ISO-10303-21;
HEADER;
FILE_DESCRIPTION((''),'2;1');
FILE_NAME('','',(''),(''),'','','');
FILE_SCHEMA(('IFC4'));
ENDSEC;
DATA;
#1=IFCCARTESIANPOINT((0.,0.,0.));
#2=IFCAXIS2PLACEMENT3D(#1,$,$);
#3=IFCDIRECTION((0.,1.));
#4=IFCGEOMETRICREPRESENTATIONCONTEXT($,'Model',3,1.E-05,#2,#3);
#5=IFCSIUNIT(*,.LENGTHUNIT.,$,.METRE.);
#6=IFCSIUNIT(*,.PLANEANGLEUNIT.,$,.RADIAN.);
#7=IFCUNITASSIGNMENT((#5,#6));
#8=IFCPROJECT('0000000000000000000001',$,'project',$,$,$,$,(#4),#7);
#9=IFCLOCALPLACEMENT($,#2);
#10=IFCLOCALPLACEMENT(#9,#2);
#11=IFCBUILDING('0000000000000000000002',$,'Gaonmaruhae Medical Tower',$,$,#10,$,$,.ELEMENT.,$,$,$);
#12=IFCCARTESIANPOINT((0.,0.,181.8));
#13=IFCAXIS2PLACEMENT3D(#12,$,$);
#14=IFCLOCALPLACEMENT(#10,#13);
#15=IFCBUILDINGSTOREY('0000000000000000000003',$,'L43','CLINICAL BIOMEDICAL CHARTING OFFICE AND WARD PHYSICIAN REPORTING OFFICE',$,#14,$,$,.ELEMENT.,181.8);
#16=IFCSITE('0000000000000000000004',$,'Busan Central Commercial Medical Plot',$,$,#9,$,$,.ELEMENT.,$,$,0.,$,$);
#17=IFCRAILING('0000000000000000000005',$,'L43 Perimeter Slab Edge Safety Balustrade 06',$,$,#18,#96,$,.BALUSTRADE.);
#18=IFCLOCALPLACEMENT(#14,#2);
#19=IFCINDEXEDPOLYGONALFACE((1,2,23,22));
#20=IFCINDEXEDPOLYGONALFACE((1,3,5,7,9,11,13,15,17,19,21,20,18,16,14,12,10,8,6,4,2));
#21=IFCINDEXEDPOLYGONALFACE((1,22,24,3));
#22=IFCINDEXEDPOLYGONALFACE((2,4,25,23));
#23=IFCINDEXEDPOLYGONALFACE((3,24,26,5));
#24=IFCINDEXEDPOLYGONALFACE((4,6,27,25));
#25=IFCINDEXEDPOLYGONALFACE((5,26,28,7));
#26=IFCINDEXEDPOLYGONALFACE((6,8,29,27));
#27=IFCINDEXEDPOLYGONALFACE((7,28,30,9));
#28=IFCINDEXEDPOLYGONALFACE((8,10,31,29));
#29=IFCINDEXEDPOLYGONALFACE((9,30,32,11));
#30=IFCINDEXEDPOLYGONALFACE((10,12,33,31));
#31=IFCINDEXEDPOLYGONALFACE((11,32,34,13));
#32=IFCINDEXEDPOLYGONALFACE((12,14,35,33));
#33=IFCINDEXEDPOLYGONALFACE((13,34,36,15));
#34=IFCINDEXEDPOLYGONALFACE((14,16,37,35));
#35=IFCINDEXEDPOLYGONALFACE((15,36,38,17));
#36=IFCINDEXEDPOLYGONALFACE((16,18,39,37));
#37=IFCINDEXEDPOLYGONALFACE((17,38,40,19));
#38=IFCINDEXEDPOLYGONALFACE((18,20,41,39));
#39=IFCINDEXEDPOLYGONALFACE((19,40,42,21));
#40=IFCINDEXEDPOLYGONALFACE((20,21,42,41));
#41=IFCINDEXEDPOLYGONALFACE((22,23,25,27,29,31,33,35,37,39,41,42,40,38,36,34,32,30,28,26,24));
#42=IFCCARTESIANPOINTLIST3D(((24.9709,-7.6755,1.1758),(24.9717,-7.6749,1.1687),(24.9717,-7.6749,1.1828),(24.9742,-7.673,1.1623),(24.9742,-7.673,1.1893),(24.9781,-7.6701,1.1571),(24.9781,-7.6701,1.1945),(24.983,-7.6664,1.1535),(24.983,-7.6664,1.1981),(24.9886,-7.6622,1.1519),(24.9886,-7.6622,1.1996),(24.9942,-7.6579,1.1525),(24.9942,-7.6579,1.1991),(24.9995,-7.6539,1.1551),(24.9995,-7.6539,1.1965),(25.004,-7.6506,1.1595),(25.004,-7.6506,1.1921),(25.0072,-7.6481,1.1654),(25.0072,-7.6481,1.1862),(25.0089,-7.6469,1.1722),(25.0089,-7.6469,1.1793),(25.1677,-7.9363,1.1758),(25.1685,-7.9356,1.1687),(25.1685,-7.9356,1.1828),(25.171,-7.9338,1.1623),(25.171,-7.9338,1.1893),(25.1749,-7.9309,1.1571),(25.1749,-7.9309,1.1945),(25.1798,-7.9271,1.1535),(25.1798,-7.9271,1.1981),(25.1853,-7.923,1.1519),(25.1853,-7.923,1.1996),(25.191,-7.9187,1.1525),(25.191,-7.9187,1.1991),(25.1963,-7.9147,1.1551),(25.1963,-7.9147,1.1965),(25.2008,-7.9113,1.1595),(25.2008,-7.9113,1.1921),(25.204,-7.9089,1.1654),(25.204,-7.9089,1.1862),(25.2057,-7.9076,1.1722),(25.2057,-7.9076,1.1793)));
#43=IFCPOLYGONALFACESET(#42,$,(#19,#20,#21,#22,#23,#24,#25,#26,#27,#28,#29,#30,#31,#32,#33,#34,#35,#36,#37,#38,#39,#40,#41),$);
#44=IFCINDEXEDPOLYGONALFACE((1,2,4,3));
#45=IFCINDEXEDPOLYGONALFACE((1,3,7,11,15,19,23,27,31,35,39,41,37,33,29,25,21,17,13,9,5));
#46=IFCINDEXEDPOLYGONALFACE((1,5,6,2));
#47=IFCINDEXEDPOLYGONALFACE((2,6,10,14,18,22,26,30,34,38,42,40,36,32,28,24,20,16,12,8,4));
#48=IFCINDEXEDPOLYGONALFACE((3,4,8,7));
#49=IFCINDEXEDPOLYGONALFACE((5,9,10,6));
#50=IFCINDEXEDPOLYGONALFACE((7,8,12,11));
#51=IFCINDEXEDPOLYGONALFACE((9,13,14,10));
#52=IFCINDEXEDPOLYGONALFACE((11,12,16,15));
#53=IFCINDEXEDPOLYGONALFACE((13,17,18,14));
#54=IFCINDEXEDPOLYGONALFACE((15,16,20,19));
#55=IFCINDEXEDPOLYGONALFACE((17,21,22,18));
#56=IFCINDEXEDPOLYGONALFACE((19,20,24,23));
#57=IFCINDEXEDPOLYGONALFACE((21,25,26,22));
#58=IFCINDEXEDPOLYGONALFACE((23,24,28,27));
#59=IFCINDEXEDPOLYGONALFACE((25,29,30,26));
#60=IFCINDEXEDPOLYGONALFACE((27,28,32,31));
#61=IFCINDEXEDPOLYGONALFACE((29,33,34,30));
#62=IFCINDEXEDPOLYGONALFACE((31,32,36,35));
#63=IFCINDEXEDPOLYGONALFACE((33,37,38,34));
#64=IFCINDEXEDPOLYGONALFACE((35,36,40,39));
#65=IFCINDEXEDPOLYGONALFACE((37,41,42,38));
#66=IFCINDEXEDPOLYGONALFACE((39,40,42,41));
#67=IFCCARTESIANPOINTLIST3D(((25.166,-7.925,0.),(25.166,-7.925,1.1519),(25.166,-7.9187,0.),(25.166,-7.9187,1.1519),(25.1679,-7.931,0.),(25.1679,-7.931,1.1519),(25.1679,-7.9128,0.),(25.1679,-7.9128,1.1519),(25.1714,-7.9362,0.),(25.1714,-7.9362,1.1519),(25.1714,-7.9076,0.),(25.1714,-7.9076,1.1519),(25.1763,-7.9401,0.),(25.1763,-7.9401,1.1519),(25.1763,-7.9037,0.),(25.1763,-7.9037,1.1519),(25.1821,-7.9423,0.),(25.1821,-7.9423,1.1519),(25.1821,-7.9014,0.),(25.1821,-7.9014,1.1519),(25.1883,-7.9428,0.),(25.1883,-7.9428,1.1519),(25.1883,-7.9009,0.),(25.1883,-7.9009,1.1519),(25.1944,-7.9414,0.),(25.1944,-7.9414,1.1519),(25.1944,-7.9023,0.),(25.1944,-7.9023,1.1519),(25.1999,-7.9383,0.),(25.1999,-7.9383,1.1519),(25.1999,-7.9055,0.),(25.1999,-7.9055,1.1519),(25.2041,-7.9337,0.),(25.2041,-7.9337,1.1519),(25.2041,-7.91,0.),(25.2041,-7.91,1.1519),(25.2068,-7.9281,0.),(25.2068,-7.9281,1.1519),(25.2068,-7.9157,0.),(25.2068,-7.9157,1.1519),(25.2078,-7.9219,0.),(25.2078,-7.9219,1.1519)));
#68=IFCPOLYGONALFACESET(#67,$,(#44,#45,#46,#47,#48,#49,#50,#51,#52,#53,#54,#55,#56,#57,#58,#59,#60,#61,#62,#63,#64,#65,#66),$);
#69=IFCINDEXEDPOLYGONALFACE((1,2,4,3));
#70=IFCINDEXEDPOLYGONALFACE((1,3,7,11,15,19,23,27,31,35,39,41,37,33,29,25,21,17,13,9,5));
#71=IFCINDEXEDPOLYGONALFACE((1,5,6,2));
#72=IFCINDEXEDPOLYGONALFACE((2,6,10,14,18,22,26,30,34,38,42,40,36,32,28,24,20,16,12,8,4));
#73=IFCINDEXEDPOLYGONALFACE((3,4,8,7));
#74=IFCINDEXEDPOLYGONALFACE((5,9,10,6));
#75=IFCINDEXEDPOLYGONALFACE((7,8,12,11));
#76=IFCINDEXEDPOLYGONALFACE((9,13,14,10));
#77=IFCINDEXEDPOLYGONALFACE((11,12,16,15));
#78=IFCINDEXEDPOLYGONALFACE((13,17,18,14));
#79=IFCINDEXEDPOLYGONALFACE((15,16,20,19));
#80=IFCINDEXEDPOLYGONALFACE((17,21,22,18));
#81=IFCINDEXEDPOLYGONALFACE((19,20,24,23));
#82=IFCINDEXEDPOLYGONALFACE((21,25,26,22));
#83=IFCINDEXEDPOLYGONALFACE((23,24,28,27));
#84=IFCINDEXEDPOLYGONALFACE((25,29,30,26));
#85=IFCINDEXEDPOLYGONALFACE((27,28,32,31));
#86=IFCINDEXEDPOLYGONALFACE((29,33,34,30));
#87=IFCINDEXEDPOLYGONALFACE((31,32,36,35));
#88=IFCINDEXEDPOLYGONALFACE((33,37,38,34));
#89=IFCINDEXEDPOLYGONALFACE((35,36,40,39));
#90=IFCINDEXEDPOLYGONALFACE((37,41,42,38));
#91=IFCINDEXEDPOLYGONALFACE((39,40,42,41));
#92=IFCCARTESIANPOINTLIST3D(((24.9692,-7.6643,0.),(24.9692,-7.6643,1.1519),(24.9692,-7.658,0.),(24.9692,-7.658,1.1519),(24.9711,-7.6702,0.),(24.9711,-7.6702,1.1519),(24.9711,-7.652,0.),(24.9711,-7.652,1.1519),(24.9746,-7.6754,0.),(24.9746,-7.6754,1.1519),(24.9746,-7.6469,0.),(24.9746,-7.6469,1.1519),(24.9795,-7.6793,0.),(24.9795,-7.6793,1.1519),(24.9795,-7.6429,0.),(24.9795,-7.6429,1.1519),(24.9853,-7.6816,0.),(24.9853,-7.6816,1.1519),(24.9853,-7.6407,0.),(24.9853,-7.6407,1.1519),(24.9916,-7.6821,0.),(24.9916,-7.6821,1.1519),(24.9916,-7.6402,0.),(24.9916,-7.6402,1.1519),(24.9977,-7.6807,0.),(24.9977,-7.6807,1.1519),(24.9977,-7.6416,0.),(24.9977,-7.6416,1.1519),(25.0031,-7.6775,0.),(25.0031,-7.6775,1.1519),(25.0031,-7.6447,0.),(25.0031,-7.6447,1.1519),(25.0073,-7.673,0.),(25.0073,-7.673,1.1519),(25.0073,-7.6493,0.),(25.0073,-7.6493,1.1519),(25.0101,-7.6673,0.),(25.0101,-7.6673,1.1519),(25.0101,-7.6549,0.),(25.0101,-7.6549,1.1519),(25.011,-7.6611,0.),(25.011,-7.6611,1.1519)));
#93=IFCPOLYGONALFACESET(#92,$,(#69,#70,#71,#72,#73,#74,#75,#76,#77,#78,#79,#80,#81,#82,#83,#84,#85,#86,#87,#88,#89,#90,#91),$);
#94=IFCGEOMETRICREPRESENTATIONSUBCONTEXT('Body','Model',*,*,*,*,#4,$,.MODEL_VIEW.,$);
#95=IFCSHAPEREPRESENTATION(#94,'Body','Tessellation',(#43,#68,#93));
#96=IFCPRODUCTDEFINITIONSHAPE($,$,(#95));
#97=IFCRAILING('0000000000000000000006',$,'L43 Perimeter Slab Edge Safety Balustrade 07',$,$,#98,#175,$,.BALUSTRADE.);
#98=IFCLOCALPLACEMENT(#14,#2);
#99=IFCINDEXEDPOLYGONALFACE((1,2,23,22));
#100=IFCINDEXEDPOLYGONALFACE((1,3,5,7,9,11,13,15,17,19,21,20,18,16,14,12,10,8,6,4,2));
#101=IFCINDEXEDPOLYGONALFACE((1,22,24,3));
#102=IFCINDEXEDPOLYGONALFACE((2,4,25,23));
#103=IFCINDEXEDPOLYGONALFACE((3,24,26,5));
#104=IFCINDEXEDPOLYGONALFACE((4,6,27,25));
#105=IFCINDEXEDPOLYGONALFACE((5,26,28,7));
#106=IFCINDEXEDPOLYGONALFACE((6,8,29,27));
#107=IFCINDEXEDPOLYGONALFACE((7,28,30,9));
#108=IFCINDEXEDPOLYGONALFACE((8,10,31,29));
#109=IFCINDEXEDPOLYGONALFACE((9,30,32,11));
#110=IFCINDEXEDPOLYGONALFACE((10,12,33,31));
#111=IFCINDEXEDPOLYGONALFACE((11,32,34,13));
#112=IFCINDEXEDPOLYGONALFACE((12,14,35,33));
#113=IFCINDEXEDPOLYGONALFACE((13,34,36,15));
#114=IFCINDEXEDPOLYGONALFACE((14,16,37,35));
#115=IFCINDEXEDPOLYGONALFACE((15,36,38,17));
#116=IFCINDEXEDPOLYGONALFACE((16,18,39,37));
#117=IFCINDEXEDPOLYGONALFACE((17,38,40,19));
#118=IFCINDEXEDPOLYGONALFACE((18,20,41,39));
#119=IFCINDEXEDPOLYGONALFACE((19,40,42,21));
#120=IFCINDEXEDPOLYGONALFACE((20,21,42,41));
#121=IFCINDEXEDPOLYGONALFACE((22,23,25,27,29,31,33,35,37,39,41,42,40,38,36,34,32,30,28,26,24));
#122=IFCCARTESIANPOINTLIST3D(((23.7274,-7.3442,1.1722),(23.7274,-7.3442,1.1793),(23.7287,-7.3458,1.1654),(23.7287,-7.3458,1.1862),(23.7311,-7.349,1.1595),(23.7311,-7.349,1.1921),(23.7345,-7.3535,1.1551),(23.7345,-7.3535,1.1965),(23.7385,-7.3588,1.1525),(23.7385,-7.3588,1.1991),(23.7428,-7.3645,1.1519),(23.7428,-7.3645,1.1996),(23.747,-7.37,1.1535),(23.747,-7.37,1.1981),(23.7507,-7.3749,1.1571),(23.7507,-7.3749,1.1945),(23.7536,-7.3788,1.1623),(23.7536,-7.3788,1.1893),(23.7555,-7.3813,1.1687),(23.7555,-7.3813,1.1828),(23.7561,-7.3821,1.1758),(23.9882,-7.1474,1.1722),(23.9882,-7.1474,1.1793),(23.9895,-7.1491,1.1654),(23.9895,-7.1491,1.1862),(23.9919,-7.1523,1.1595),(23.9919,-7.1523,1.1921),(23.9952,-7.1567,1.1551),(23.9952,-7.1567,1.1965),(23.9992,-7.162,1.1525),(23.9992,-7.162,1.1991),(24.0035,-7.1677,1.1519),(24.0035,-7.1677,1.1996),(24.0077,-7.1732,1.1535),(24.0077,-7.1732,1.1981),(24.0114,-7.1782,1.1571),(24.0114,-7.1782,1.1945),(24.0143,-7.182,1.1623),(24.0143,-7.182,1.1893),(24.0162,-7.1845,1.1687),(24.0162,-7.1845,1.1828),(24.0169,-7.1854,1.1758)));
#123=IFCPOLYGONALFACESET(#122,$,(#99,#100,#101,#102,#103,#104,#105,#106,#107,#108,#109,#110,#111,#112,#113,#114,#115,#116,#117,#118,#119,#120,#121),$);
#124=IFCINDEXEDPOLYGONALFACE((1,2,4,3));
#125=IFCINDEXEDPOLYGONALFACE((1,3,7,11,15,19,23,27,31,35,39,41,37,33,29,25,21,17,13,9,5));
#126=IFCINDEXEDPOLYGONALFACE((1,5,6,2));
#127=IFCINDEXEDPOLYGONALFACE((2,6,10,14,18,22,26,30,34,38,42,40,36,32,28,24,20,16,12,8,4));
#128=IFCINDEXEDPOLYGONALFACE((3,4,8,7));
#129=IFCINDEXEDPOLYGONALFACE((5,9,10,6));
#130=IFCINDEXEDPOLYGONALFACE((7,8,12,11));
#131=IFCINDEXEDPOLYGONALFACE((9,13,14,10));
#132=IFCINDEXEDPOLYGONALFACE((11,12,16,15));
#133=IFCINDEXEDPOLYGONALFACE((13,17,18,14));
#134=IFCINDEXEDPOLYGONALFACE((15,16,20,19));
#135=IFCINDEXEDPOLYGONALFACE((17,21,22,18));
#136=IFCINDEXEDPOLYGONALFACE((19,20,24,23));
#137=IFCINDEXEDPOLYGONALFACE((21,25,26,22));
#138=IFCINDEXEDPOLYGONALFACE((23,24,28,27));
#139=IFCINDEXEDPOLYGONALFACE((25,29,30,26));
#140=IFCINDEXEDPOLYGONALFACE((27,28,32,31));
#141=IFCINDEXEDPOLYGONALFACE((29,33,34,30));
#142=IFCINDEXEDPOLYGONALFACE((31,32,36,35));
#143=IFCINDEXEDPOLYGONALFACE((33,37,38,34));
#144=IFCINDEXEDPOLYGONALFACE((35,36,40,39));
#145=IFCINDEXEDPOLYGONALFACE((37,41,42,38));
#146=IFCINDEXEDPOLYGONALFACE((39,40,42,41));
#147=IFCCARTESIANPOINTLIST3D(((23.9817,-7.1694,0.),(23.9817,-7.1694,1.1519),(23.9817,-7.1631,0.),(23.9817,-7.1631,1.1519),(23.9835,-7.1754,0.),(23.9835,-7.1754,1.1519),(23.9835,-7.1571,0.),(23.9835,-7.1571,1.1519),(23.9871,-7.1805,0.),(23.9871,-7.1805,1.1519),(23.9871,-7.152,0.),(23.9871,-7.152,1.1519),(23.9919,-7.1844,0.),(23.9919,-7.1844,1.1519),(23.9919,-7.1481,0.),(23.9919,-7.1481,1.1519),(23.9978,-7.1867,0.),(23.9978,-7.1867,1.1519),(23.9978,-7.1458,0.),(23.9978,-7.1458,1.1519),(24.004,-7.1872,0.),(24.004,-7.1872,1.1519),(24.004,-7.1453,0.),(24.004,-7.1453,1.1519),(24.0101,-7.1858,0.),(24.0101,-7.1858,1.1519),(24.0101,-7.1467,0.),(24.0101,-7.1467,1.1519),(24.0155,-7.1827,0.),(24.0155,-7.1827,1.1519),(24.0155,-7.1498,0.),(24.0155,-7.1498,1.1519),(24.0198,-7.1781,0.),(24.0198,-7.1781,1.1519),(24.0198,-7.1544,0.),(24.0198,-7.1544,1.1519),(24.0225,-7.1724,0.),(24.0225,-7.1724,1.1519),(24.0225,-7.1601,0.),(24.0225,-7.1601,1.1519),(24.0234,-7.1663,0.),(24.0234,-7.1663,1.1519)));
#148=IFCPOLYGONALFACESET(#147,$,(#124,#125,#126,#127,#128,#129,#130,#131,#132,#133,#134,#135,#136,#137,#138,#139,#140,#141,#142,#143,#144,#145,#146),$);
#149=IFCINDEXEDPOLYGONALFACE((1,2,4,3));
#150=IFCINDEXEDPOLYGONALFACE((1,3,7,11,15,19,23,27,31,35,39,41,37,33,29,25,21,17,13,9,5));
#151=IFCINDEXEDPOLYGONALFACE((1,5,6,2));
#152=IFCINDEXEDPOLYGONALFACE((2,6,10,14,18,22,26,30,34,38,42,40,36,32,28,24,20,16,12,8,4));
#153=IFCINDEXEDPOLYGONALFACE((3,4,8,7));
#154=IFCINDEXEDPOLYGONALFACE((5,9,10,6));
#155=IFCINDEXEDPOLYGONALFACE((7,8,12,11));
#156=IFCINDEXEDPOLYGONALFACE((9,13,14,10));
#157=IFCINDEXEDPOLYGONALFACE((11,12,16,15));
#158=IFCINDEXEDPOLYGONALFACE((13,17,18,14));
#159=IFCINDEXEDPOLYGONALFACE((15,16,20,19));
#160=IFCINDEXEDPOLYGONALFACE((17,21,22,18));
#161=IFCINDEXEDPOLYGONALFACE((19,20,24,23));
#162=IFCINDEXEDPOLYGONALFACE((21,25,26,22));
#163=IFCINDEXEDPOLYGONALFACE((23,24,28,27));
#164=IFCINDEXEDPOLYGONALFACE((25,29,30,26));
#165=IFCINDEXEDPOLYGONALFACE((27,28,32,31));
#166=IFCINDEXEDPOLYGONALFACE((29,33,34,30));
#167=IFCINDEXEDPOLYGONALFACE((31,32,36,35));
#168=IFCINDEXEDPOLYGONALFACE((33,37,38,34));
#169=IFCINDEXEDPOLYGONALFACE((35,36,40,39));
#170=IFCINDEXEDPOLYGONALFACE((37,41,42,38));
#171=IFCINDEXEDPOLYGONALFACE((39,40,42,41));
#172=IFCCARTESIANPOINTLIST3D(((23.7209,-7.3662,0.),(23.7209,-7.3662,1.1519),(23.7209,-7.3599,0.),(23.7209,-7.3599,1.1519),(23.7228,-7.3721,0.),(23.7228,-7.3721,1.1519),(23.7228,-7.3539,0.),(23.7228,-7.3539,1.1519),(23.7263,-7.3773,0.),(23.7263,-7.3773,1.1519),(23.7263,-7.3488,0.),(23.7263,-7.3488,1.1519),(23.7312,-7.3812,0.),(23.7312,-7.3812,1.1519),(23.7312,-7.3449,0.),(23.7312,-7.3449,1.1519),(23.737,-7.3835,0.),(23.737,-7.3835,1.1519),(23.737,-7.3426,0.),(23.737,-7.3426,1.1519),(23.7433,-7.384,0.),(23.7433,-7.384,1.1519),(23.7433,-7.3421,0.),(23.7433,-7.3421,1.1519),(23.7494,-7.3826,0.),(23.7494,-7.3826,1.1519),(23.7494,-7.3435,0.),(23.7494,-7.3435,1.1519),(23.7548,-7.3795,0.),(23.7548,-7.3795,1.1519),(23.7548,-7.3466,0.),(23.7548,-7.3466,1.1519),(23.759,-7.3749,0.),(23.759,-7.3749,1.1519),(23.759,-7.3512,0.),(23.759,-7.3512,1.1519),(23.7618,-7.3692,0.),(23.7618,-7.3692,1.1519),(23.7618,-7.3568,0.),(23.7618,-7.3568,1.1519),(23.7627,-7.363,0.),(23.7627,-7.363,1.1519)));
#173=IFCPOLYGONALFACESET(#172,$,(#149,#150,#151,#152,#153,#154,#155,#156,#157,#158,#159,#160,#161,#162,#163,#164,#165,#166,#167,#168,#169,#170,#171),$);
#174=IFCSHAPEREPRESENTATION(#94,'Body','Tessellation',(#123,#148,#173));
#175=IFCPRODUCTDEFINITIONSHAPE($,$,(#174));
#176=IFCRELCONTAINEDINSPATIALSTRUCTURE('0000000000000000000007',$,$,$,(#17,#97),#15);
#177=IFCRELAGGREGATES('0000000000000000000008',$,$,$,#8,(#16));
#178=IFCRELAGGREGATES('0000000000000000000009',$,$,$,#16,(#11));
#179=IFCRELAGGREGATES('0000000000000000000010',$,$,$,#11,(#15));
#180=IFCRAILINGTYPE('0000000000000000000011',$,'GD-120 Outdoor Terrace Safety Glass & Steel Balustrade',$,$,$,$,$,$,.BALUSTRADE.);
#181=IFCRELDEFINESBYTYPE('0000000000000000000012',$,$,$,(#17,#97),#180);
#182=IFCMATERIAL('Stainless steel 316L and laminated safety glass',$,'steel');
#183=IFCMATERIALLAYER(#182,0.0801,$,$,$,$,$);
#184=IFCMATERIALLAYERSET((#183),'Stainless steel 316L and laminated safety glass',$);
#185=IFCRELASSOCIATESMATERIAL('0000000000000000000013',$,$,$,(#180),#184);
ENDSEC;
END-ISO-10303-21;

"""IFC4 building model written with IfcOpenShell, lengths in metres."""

from ifc_helpers import new_model, si_unit, direction, frame, origin, origin_2d, place, context, subcontext, project, spatial, circle, extrude, material, layer, layer_set, type_object, element, save


model = new_model("IFC4")

# Units and contexts
model_context = context("Model", 3, precision=1e-05, world=origin(), true_north=direction((0.0, 1.0)))
body_context = subcontext(model_context, "Body", "Model", "MODEL_VIEW")
ifc_project = project(units=[si_unit("LENGTHUNIT", "METRE"), si_unit("PLANEANGLEUNIT", "RADIAN")], contexts=[model_context])

# Site, building, storey
site_placement = place(None, origin())
site = spatial("IfcSite", under=ifc_project, at=site_placement, Name="Busan Central Commercial Medical Plot", CompositionType="ELEMENT", RefElevation=0.0)
building_placement = place(site_placement, origin())
building = spatial("IfcBuilding", under=site, at=building_placement, Name="Gaonmaruhae Medical Tower", CompositionType="ELEMENT")
storey_placement = place(building_placement, frame((0.0, 0.0, 181.8)))
storey = spatial("IfcBuildingStorey", under=building, at=storey_placement, Name="L43", Description="CLINICAL BIOMEDICAL CHARTING OFFICE AND WARD PHYSICIAN REPORTING OFFICE", CompositionType="ELEMENT", Elevation=181.8)

# Railings
ifc_material_1 = material(Name="Stainless steel 316L and laminated safety glass", Category="steel")
ifc_layer_1 = layer(ifc_material_1, 0.0801)
ifc_layer_set_1 = layer_set([ifc_layer_1], Name="Stainless steel 316L and laminated safety glass")
railing_type = type_object("IfcRailingType", Name="GD-120 Outdoor Terrace Safety Glass & Steel Balustrade", PredefinedType="BALUSTRADE", material=ifc_layer_set_1)
railing_1_placement = place(storey_placement, frame((25.1868, -7.9219, 0.0)))
element("IfcRailing", 1, at=railing_1_placement, inside=storey, type_object=railing_type, Name="L43 Perimeter Slab Edge Safety Balustrade 06", PredefinedType="BALUSTRADE", context=body_context, shape_type="SweptSolid", body=[
    extrude(circle(Radius=0.0239, at=origin_2d()), frame((0.0, 0.0, 1.1758), z_axis=(-0.602389, 0.798203, 0.0), x_axis=(-0.798203, -0.602389, 0.0)), (0.0, 0.0, 1.0), 0.3267),
    extrude(circle(Radius=0.021, at=origin_2d()), origin(), (0.0, 0.0, 1.0), 1.1519),
    extrude(circle(Radius=0.021, at=origin_2d()), frame((-0.1968, 0.2607, 0.0)), (0.0, 0.0, 1.0), 1.1519),
])
railing_2_placement = place(storey_placement, frame((24.0024, -7.1663, 0.0)))
element("IfcRailing", 2, at=railing_2_placement, inside=storey, type_object=railing_type, Name="L43 Perimeter Slab Edge Safety Balustrade 07", PredefinedType="BALUSTRADE", context=body_context, shape_type="SweptSolid", body=[
    extrude(circle(Radius=0.0239, at=origin_2d()), frame((0.0, 0.0, 1.1758), z_axis=(-0.798203, -0.602389, 0.0), x_axis=(0.602389, -0.798203, 0.0)), (0.0, 0.0, 1.0), 0.3267),
    extrude(circle(Radius=0.021, at=origin_2d()), origin(), (0.0, 0.0, 1.0), 1.1519),
    extrude(circle(Radius=0.021, at=origin_2d()), frame((-0.2607, -0.1968, 0.0)), (0.0, 0.0, 1.0), 1.1519),
])

save(model, "model.ifc")
